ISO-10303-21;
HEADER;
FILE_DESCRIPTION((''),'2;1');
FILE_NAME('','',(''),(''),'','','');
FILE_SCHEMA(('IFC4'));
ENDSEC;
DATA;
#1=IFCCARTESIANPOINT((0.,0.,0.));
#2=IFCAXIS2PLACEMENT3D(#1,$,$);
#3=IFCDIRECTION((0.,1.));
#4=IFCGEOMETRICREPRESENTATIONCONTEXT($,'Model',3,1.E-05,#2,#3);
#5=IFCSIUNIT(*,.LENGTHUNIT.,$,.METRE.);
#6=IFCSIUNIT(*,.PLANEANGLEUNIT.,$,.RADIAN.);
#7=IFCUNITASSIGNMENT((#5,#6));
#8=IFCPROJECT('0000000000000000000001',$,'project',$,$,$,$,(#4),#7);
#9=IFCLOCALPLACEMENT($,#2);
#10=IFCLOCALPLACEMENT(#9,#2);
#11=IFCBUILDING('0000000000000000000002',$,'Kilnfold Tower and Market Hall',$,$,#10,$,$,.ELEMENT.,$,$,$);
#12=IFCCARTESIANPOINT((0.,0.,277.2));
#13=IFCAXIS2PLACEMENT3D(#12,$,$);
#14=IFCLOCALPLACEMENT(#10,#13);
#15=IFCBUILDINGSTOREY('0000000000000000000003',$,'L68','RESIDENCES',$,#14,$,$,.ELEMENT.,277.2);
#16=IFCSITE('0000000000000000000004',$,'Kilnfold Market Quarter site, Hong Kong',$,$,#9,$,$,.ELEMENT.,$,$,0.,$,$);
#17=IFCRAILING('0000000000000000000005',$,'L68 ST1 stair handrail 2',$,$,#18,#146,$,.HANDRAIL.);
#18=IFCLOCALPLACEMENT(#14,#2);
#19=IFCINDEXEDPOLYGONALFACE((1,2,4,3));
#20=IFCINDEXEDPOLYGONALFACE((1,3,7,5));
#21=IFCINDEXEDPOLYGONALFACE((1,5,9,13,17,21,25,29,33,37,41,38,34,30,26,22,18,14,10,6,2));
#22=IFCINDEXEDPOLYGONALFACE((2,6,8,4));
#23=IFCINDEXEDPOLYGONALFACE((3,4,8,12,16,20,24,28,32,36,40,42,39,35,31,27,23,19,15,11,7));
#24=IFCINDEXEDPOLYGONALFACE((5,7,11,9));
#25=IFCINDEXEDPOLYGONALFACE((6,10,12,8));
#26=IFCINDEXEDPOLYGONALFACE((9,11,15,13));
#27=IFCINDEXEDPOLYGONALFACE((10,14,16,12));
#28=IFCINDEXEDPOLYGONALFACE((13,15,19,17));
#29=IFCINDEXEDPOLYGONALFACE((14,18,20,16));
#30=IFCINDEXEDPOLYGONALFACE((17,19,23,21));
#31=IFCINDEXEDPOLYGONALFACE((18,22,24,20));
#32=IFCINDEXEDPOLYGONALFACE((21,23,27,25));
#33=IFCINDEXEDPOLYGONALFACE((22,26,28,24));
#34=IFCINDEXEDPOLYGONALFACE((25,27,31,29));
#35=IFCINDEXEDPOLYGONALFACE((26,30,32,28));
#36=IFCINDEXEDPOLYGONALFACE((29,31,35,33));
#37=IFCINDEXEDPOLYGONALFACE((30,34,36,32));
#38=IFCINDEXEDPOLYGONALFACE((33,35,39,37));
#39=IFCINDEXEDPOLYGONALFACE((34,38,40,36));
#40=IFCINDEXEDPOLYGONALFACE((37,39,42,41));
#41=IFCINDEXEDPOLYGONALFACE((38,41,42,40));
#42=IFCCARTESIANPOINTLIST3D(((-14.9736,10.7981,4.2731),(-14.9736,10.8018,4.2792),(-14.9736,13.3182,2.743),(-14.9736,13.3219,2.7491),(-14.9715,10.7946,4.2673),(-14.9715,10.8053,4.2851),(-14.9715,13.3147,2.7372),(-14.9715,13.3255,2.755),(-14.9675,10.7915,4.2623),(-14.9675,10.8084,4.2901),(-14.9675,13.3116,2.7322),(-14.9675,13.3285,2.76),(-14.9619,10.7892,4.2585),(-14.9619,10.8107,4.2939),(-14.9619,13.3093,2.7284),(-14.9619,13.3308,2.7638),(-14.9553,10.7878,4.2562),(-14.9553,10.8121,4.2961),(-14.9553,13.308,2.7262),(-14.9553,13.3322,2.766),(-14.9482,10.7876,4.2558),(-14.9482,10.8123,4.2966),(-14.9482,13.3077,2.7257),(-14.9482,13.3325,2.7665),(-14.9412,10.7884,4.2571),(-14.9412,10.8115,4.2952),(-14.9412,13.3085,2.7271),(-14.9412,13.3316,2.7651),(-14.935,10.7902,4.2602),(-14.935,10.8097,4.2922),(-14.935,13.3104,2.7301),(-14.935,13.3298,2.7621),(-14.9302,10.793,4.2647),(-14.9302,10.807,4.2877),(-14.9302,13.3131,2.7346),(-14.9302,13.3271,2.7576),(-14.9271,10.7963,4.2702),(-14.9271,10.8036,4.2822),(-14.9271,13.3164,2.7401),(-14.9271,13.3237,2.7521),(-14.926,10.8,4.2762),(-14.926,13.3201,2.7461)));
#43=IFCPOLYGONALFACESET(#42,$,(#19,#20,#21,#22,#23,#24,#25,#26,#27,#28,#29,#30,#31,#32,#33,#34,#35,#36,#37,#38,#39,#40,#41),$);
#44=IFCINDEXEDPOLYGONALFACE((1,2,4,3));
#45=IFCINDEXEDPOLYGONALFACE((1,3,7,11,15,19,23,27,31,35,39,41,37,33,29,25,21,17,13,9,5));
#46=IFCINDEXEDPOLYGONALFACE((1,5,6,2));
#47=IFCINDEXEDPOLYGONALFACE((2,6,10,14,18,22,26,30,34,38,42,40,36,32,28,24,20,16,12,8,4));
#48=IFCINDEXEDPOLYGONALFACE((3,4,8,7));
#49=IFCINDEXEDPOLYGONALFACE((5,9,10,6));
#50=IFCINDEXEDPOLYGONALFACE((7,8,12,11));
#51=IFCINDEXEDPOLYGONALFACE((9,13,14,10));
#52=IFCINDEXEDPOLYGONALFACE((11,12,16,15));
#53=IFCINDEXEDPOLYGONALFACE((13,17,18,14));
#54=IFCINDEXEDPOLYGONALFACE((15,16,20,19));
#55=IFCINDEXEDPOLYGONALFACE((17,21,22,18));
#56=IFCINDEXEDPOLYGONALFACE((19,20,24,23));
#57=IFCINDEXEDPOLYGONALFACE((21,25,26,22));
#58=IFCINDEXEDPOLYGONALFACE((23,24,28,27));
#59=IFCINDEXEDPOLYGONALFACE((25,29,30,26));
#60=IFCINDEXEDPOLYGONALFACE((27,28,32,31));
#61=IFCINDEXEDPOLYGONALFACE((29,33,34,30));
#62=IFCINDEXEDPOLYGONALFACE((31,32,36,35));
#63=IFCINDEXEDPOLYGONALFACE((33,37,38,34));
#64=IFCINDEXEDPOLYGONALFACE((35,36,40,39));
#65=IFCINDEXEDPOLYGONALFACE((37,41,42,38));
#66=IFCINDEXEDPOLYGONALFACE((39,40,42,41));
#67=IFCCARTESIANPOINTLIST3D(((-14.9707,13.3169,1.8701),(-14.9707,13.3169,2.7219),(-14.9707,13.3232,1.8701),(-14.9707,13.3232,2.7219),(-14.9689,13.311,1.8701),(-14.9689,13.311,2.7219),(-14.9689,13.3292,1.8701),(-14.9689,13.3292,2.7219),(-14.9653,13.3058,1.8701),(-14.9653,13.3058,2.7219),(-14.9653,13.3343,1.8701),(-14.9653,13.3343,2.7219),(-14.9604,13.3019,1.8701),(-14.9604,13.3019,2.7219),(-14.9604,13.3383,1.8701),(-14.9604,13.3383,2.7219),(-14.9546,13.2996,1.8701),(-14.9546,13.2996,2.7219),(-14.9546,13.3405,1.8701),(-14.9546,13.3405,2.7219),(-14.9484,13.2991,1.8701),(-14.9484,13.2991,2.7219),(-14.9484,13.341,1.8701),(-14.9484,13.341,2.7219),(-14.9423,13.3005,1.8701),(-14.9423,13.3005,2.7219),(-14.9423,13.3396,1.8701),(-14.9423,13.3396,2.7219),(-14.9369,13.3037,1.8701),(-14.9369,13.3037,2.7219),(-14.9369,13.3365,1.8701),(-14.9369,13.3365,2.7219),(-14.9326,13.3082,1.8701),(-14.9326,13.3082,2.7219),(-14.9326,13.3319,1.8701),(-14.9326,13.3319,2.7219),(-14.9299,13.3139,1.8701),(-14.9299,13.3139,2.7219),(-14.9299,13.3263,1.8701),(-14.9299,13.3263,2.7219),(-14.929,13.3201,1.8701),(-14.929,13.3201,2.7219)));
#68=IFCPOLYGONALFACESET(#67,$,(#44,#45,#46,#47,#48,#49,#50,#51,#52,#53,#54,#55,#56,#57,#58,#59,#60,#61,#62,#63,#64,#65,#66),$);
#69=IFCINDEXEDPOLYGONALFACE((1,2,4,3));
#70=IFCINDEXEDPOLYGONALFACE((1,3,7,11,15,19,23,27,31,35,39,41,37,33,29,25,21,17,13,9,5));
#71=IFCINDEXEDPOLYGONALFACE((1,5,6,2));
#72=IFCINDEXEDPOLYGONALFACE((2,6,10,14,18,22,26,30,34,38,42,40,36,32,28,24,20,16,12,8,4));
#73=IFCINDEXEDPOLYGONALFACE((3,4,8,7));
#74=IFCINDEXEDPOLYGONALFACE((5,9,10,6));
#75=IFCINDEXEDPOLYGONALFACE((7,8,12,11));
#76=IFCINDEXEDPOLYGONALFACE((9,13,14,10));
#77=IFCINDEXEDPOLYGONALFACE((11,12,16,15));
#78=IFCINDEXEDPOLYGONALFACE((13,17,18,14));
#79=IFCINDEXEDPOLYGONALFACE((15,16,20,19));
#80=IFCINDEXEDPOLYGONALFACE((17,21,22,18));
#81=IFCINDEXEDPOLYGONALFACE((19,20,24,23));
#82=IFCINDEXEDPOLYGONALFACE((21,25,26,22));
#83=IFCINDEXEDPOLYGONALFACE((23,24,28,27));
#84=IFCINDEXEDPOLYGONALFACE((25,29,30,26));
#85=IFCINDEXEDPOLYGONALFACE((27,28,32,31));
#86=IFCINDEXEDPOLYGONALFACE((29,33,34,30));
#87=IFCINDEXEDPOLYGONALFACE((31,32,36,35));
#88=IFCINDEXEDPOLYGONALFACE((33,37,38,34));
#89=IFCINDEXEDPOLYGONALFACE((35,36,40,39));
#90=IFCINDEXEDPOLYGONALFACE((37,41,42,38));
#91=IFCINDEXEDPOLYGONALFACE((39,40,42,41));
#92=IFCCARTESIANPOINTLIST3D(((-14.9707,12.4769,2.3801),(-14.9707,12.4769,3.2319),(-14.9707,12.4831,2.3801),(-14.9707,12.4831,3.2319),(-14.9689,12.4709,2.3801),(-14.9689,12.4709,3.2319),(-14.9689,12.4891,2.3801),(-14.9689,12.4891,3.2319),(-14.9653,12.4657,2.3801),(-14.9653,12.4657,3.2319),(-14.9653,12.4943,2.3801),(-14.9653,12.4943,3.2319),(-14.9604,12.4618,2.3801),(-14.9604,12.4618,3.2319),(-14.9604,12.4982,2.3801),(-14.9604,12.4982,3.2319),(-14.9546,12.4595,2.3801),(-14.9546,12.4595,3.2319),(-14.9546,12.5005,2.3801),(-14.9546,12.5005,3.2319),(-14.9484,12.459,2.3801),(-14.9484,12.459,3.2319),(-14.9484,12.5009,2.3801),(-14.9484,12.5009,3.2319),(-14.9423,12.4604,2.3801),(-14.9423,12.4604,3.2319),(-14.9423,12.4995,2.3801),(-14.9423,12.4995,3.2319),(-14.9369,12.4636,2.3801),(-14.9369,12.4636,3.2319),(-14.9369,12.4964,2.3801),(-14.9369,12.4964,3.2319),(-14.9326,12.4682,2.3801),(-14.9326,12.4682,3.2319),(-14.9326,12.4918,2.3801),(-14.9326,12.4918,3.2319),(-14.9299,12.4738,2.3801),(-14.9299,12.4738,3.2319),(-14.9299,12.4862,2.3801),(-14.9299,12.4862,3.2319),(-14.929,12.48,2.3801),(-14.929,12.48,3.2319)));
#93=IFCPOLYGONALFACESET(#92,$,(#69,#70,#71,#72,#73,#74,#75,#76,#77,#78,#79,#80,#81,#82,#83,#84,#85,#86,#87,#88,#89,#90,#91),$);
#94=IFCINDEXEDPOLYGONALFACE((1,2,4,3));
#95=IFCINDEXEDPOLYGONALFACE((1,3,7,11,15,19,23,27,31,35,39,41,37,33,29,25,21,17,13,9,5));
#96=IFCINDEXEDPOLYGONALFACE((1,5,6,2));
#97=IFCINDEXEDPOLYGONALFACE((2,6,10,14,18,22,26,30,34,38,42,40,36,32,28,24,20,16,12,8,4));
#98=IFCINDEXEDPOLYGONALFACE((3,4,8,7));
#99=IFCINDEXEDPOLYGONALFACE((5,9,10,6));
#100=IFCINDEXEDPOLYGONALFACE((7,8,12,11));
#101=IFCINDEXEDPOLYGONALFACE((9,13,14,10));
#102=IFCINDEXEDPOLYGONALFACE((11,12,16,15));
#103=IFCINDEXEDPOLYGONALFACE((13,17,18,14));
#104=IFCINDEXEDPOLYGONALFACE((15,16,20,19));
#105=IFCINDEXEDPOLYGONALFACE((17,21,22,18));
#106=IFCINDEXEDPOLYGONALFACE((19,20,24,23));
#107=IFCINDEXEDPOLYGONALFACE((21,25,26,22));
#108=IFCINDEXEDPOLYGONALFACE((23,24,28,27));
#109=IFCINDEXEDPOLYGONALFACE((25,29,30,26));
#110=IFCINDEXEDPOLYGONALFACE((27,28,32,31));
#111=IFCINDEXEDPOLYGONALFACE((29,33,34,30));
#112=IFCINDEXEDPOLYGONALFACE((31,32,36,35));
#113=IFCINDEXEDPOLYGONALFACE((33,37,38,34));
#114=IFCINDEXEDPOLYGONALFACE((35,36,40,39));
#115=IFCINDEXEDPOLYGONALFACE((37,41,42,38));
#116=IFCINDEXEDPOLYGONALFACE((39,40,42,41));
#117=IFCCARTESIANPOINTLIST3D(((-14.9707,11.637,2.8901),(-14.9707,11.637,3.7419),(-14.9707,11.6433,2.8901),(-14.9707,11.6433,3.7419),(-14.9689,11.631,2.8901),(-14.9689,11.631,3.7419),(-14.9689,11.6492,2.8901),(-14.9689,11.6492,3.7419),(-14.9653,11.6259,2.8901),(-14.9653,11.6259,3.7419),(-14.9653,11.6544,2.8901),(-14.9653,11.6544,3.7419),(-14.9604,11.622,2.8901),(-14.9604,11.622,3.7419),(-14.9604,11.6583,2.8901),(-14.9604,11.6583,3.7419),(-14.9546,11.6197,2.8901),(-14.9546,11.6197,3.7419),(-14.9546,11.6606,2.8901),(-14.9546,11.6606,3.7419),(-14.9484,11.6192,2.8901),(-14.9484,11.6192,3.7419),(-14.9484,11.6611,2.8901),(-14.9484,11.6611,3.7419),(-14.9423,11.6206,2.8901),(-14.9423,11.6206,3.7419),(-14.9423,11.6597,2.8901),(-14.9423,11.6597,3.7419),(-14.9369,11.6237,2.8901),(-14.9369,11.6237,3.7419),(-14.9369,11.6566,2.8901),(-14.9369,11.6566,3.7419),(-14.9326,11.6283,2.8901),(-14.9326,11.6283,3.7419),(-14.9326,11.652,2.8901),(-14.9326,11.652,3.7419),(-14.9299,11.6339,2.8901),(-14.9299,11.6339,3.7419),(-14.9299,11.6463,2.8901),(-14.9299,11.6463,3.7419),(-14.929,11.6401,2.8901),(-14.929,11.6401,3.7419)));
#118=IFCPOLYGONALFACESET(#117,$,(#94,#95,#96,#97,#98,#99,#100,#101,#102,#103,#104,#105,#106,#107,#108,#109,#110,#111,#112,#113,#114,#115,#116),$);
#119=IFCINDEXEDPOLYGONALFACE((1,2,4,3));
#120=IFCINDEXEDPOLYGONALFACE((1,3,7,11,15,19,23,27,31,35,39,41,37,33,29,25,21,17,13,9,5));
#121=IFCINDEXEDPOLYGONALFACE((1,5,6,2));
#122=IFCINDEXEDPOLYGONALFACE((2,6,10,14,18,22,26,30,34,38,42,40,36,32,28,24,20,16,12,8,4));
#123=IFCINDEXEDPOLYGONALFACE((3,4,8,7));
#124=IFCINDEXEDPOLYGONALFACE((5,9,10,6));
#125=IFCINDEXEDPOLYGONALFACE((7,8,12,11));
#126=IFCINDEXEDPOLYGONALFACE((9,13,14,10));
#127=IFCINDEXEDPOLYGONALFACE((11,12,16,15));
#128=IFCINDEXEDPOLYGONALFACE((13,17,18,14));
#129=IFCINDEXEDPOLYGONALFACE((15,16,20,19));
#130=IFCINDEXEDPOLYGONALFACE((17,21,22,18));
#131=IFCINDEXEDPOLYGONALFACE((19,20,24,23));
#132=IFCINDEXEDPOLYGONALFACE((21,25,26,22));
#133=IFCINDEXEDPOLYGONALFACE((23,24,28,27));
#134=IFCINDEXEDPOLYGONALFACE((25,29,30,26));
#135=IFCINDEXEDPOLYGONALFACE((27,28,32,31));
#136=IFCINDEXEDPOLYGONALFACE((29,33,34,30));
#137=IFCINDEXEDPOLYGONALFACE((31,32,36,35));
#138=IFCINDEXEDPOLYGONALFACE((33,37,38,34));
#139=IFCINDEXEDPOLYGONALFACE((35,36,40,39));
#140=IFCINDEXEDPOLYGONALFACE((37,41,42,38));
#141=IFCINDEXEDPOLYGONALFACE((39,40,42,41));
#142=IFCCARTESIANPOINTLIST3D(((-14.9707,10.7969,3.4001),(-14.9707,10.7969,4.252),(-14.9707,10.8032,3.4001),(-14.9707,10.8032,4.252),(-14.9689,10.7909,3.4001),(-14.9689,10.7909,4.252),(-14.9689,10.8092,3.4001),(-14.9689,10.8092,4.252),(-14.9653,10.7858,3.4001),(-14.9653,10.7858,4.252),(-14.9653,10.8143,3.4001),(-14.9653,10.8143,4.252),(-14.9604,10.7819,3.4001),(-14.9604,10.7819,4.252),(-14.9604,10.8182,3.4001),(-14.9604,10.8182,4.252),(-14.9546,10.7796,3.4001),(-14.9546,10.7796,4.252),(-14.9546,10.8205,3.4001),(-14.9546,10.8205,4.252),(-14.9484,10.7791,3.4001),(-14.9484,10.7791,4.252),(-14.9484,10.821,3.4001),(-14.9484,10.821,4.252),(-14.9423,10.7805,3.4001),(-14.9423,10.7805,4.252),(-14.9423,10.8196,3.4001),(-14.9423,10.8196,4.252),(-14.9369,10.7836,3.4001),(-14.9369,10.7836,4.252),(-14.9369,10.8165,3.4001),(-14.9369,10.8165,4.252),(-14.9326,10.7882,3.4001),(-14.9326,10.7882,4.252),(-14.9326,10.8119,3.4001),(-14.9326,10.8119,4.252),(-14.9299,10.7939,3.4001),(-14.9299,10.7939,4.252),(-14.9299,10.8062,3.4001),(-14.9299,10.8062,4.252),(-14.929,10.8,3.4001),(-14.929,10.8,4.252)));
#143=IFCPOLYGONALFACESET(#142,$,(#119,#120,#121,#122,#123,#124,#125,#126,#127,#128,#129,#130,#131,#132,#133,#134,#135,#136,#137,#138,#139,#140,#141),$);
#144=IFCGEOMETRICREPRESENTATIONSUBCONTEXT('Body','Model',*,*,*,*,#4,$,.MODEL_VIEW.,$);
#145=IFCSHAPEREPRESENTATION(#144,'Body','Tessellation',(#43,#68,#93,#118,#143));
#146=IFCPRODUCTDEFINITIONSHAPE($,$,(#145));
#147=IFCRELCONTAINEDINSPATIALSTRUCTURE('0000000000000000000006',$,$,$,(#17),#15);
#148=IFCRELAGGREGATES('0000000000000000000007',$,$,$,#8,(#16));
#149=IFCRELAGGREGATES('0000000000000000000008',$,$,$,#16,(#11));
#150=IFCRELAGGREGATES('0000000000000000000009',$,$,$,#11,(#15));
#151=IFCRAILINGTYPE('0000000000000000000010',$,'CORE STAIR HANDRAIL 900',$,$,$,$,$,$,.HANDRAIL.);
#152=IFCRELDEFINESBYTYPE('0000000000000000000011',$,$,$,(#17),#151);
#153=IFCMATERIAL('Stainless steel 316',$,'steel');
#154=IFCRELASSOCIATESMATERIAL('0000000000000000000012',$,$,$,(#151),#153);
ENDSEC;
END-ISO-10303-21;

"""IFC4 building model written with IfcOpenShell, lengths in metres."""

from ifc_helpers import new_model, si_unit, direction, frame, origin, origin_2d, place, context, subcontext, project, spatial, circle, extrude, material, type_object, element, save


model = new_model("IFC4")

# Units and contexts
model_context = context("Model", 3, precision=1e-05, world=origin(), true_north=direction((0.0, 1.0)))
body_context = subcontext(model_context, "Body", "Model", "MODEL_VIEW")
ifc_project = project(units=[si_unit("LENGTHUNIT", "METRE"), si_unit("PLANEANGLEUNIT", "RADIAN")], contexts=[model_context])

# Site, building, storey
site_placement = place(None, origin())
site = spatial("IfcSite", under=ifc_project, at=site_placement, Name="Kilnfold Market Quarter site, Hong Kong", CompositionType="ELEMENT", RefElevation=0.0)
building_placement = place(site_placement, origin())
building = spatial("IfcBuilding", under=site, at=building_placement, Name="Kilnfold Tower and Market Hall", CompositionType="ELEMENT")
storey_placement = place(building_placement, frame((0.0, 0.0, 277.2)))
storey = spatial("IfcBuildingStorey", under=building, at=storey_placement, Name="L68", Description="RESIDENCES", CompositionType="ELEMENT", Elevation=277.2)

# Railing
ifc_material_1 = material(Name="Stainless steel 316", Category="steel")
railing_type_1 = type_object("IfcRailingType", Name="CORE STAIR HANDRAIL 900", PredefinedType="HANDRAIL", material=ifc_material_1)
railing_1_placement = place(storey_placement, frame((-14.95, 13.3201, 1.8701)))
element("IfcRailing", 1, at=railing_1_placement, inside=storey, type_object=railing_type_1, Name="L68 ST1 stair handrail 2", PredefinedType="HANDRAIL", context=body_context, shape_type="SweptSolid", body=[
    extrude(circle(Radius=0.0239, at=origin_2d()), frame((0.0, 0.0, 0.876), z_axis=(0.0, -0.854785, 0.518982), x_axis=(1.0, 0.0, 0.0)), (0.0, 0.0, 1.0), 2.9482),
    extrude(circle(Radius=0.021, at=origin_2d()), origin(), (0.0, 0.0, 1.0), 0.8518),
    extrude(circle(Radius=0.021, at=origin_2d()), frame((0.0, -0.8401, 0.51)), (0.0, 0.0, 1.0), 0.8518),
    extrude(circle(Radius=0.021, at=origin_2d()), frame((0.0, -1.6799, 1.02)), (0.0, 0.0, 1.0), 0.8518),
    extrude(circle(Radius=0.021, at=origin_2d()), frame((0.0, -2.52, 1.53)), (0.0, 0.0, 1.0), 0.8518),
])

save(model, "model.ifc")
